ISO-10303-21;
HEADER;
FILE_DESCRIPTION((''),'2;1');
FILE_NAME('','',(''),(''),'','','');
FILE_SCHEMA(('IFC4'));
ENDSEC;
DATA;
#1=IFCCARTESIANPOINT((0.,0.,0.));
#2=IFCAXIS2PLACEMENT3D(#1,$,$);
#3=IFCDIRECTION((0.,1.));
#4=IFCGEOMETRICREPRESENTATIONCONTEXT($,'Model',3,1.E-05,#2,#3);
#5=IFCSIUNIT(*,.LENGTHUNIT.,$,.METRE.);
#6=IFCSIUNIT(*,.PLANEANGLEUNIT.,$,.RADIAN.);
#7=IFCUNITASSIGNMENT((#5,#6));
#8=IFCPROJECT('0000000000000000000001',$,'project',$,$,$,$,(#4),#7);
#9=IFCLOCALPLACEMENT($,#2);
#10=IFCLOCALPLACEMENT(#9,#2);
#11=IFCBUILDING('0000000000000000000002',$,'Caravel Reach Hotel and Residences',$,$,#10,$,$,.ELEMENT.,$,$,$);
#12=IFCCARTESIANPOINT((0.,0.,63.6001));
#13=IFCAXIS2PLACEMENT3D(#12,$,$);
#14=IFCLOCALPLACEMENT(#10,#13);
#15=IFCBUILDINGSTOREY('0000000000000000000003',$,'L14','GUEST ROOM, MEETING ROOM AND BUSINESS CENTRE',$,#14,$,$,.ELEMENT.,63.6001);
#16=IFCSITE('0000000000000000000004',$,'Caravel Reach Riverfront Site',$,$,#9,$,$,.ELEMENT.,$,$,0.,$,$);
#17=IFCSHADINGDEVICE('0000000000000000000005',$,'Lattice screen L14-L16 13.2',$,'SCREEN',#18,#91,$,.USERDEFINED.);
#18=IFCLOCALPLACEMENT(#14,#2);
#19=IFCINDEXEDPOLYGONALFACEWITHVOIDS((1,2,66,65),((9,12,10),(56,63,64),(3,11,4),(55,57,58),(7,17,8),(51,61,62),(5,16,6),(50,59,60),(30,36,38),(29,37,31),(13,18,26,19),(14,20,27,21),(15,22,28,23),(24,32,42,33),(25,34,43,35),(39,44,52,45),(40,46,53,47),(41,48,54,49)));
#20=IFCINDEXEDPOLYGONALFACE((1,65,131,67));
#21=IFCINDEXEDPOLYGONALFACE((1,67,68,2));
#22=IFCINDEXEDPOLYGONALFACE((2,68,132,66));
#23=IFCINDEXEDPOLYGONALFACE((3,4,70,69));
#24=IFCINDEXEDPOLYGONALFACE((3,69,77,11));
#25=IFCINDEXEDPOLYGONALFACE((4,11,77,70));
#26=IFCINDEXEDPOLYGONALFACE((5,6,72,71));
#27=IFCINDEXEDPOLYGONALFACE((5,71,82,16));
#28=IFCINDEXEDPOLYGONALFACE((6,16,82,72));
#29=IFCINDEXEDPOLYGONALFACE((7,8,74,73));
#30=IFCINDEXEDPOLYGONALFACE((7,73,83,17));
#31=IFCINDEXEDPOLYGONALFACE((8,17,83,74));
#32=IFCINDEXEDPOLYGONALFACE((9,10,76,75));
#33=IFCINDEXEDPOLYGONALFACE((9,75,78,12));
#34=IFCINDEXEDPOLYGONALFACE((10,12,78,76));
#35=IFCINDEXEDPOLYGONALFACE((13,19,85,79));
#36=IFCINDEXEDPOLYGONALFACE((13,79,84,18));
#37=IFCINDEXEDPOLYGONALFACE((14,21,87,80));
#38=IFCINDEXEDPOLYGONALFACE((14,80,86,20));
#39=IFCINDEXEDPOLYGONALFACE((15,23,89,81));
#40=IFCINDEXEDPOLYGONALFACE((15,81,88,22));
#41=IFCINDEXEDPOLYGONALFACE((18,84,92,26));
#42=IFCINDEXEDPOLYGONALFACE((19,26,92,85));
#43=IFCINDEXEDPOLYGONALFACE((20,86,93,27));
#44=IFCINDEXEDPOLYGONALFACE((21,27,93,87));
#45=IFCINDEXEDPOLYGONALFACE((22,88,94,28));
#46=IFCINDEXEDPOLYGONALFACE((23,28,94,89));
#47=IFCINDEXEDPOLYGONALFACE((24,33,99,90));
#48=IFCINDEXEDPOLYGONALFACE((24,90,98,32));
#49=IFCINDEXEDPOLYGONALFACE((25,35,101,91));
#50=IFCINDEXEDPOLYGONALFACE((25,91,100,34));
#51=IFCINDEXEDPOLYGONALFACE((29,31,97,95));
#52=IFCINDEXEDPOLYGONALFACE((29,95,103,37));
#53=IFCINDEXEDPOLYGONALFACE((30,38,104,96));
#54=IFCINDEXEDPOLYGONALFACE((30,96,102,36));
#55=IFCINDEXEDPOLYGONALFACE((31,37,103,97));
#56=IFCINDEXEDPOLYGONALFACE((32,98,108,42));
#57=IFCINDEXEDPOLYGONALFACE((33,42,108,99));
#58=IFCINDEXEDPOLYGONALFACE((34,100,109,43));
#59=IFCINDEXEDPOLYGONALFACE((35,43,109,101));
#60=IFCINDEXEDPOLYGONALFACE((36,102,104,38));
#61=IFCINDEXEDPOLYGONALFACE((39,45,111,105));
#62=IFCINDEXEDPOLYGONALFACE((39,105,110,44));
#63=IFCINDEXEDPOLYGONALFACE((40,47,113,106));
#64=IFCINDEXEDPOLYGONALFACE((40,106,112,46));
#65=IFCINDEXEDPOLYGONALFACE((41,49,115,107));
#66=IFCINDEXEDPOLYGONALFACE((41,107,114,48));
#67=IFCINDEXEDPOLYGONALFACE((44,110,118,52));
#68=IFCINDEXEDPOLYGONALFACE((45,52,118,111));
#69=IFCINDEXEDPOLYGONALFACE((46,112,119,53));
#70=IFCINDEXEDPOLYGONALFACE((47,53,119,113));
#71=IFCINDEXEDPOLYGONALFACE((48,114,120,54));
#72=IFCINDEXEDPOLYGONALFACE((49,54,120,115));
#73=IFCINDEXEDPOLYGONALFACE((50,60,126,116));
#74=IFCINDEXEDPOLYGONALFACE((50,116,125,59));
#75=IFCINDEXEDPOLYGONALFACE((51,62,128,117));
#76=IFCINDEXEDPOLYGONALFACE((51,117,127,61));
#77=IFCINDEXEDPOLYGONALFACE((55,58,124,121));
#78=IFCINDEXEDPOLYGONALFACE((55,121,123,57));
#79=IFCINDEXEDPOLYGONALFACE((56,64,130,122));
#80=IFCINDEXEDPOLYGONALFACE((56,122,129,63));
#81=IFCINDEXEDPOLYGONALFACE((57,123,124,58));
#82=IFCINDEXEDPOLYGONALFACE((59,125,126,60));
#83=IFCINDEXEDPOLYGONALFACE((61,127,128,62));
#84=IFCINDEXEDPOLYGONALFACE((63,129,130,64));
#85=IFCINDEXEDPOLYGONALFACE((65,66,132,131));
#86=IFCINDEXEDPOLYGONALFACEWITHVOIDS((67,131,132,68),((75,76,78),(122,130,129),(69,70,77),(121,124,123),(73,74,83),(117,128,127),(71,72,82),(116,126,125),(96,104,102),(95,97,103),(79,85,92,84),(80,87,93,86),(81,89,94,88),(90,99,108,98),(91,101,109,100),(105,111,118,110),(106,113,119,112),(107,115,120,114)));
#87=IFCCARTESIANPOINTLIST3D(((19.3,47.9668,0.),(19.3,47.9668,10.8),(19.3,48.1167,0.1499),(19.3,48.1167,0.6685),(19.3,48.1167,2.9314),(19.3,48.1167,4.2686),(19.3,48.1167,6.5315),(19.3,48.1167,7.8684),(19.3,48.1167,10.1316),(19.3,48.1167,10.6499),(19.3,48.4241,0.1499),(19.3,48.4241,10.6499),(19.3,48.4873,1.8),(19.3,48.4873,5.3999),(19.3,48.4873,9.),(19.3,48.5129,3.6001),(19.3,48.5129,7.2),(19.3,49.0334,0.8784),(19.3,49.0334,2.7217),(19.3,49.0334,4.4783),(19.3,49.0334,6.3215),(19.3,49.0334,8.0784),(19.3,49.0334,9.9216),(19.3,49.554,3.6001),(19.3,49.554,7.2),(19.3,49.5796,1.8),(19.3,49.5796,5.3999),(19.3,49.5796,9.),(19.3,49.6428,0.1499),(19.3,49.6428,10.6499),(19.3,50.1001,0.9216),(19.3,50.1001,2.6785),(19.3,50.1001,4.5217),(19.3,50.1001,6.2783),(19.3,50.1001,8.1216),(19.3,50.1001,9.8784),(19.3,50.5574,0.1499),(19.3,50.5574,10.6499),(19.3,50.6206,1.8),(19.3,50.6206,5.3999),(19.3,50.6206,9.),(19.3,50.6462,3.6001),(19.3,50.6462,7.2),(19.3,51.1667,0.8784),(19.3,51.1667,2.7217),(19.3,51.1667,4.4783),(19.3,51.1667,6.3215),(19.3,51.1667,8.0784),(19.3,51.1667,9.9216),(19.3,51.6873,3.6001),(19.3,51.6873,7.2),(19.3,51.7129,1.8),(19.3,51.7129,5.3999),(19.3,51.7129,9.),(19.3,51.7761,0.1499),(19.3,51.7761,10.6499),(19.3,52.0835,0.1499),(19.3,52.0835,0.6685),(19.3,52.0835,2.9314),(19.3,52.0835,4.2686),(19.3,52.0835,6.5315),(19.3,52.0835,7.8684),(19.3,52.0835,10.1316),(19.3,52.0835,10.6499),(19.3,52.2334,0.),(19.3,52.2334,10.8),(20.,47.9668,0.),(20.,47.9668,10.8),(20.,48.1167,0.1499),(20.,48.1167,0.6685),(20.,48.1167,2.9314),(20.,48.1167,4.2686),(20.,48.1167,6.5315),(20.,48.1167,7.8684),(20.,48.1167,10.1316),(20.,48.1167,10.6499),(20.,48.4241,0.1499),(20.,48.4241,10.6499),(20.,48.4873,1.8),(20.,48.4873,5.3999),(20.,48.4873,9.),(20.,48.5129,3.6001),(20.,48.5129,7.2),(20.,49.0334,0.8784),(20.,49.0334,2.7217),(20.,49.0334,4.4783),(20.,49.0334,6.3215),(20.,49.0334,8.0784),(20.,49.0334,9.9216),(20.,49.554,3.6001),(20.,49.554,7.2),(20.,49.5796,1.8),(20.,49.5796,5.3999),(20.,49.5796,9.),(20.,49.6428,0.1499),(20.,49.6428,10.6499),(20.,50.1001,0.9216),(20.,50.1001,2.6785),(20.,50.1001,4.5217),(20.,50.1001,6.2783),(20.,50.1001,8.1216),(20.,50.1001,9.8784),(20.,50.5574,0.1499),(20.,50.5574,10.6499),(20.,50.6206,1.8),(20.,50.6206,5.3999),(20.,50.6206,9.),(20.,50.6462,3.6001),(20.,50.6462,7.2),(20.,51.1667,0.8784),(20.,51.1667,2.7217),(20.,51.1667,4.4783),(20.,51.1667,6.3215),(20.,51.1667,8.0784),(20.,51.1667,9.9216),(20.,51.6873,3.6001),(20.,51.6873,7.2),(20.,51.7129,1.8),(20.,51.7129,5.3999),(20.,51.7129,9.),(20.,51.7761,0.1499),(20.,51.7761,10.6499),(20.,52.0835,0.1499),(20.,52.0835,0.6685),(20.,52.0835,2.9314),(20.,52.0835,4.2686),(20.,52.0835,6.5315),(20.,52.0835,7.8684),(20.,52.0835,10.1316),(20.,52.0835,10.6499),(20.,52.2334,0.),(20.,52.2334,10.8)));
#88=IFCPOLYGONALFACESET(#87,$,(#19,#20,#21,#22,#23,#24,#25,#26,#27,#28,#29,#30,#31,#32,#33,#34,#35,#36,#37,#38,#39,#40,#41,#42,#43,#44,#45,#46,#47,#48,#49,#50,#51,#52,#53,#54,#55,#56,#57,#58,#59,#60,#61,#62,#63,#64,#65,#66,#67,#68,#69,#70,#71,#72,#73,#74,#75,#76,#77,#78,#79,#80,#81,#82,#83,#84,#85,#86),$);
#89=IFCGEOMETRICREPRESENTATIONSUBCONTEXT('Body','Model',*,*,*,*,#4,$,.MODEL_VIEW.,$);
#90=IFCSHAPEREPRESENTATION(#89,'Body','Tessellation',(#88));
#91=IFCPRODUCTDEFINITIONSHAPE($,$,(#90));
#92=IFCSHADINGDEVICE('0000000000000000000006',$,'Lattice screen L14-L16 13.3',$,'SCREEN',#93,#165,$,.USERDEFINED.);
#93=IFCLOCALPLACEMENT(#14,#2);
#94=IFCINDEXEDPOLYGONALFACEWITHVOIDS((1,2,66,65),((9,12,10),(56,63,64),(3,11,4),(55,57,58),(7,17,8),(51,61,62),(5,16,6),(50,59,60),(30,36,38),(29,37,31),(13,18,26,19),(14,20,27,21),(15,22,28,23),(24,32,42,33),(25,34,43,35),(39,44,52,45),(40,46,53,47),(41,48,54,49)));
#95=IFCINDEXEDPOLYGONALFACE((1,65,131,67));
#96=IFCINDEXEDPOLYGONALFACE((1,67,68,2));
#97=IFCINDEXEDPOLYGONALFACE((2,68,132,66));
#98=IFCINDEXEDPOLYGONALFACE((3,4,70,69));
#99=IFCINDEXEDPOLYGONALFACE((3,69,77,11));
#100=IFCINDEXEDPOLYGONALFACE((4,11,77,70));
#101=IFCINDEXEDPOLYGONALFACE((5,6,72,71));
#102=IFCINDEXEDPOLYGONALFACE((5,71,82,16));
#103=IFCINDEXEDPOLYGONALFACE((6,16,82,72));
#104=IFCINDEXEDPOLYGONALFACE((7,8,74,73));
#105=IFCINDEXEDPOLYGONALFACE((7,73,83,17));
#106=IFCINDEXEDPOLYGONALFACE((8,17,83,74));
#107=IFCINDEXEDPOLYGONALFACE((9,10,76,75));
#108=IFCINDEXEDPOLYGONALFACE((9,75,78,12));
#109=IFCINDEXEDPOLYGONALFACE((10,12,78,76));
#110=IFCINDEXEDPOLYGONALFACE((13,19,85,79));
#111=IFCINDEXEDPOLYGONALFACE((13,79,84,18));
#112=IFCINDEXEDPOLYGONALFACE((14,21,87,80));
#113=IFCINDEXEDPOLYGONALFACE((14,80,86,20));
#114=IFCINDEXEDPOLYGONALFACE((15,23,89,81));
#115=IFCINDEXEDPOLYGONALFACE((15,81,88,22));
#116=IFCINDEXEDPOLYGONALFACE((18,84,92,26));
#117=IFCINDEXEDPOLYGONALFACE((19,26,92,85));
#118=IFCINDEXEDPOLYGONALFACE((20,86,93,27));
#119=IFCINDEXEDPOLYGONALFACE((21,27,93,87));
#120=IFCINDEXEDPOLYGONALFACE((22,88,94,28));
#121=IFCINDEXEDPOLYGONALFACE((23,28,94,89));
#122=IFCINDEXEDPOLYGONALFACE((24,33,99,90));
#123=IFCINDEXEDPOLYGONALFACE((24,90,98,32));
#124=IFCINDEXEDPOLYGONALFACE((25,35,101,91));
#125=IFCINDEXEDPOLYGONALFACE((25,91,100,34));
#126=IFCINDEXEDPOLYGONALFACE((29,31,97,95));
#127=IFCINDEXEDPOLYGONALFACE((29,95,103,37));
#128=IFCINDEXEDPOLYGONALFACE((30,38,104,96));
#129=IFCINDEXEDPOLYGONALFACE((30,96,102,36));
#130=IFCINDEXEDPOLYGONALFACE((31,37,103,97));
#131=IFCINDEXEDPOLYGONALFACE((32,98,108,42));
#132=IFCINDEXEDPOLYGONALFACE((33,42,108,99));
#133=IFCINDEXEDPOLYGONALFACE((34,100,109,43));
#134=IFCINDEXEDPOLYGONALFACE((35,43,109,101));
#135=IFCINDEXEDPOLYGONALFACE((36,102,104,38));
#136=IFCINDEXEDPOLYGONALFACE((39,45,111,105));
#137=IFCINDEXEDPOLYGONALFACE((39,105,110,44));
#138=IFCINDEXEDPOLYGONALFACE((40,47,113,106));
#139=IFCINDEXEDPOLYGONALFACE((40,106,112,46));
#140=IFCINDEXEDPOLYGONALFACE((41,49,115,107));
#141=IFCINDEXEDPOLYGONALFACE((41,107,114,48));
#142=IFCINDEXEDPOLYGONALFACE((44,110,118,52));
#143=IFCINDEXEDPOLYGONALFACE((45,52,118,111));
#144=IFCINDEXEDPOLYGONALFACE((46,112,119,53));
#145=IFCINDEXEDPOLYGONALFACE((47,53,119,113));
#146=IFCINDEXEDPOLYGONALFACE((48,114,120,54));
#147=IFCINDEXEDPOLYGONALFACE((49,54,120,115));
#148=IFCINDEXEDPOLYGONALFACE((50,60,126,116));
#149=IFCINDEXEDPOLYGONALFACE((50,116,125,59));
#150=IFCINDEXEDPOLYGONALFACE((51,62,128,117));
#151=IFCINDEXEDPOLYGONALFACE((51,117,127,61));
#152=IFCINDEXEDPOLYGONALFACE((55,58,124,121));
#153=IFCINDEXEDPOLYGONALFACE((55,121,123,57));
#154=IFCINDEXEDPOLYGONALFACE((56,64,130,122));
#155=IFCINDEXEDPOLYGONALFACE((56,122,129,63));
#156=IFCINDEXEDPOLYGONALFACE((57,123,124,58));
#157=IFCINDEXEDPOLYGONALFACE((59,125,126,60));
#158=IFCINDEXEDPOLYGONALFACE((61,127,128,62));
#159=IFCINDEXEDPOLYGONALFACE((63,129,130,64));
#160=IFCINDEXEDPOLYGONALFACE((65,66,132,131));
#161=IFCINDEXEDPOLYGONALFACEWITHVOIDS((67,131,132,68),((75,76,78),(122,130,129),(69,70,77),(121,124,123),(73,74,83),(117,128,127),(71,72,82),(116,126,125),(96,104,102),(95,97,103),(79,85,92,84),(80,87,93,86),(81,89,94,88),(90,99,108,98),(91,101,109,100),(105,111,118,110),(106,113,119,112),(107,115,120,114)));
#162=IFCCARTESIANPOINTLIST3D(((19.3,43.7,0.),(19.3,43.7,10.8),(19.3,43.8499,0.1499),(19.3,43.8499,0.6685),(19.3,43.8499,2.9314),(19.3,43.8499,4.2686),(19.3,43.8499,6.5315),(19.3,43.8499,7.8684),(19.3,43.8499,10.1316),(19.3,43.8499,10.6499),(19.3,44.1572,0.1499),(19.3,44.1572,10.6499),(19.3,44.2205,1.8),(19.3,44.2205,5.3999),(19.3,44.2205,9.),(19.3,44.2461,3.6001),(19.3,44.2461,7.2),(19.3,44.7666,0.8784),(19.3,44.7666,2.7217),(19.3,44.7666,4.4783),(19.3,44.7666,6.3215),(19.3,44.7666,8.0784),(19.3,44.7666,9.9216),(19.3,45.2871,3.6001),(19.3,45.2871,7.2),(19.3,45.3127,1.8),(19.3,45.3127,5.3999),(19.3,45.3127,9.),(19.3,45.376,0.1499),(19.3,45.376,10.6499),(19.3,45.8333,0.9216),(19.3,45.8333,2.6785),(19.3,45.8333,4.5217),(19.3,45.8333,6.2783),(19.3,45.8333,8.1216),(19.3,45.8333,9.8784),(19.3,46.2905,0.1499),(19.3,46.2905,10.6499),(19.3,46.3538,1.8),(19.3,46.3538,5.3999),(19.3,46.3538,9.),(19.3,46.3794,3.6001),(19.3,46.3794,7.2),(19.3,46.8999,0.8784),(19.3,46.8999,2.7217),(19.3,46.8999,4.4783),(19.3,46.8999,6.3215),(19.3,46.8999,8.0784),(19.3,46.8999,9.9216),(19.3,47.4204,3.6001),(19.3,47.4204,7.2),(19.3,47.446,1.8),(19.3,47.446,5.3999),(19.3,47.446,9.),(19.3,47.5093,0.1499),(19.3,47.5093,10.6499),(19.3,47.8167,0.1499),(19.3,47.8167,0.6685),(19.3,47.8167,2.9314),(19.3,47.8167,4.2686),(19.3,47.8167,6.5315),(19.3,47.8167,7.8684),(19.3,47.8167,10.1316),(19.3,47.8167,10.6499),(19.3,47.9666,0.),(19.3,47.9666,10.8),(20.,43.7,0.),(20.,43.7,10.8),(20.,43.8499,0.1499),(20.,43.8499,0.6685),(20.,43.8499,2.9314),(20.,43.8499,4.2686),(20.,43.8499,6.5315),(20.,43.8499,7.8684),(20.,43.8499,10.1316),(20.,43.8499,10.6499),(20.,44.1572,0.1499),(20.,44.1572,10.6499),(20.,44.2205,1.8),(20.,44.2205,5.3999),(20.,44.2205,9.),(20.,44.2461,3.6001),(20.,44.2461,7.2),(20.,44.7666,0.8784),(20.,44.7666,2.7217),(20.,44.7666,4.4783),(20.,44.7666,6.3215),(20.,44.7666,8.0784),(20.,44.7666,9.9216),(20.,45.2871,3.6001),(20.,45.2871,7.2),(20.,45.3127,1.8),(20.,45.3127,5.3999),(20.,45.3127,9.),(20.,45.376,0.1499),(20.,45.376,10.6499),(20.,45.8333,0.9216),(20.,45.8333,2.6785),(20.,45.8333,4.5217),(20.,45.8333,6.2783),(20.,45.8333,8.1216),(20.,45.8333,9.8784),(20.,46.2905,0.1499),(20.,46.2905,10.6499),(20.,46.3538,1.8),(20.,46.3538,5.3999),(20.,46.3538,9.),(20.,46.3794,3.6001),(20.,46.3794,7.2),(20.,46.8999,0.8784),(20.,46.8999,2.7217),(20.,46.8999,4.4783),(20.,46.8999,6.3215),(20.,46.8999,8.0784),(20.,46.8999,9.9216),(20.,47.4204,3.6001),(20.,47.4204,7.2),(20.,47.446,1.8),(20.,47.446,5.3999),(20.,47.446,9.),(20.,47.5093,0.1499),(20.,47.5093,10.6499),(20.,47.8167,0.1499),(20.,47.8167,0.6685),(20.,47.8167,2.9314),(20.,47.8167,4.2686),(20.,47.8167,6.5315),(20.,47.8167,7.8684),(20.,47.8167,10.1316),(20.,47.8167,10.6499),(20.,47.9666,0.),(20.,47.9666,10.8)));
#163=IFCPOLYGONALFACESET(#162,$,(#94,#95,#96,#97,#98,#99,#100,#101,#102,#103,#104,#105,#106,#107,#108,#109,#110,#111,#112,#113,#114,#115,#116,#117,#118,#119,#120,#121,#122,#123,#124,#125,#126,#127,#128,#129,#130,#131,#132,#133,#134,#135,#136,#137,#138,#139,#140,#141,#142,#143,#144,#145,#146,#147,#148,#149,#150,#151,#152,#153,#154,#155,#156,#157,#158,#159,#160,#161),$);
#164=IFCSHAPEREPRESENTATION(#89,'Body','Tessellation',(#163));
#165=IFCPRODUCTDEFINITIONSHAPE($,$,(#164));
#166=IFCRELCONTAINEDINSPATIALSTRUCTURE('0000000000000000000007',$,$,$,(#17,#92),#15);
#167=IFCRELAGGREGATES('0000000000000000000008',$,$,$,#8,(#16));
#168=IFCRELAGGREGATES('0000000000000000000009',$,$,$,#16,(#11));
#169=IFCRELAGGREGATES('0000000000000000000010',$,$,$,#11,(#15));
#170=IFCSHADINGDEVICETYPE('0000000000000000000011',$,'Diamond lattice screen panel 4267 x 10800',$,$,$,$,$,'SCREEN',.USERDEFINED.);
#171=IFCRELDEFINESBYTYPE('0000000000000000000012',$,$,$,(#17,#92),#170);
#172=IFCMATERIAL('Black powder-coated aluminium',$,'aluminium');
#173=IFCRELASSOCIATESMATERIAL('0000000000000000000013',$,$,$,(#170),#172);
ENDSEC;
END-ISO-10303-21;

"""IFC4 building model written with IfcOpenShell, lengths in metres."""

from ifc_helpers import new_model, si_unit, direction, frame, origin, place, context, subcontext, project, spatial, polyline, outline, extrude, material, type_object, element, save


model = new_model("IFC4")

# Units and contexts
model_context = context("Model", 3, precision=1e-05, world=origin(), true_north=direction((0.0, 1.0)))
body_context = subcontext(model_context, "Body", "Model", "MODEL_VIEW")
ifc_project = project(units=[si_unit("LENGTHUNIT", "METRE"), si_unit("PLANEANGLEUNIT", "RADIAN")], contexts=[model_context])

# Site, building, storey
site_placement = place(None, origin())
site = spatial("IfcSite", under=ifc_project, at=site_placement, Name="Caravel Reach Riverfront Site", CompositionType="ELEMENT", RefElevation=0.0)
building_placement = place(site_placement, origin())
building = spatial("IfcBuilding", under=site, at=building_placement, Name="Caravel Reach Hotel and Residences", CompositionType="ELEMENT")
storey_placement = place(building_placement, frame((0.0, 0.0, 63.6001)))
storey = spatial("IfcBuildingStorey", under=building, at=storey_placement, Name="L14", Description="GUEST ROOM, MEETING ROOM AND BUSINESS CENTRE", CompositionType="ELEMENT", Elevation=63.6001)

# Shading devices
ifc_material_1 = material(Name="Black powder-coated aluminium", Category="aluminium")
shading_device_type_1 = type_object("IfcShadingDeviceType", Name="Diamond lattice screen panel 4267 x 10800", ElementType="SCREEN", PredefinedType="USERDEFINED", material=ifc_material_1)
shading_device_1_placement = place(storey_placement, frame((20.0, 52.2334, 0.0), z_axis=(-1.0, 0.0, 0.0), x_axis=(0.0, -1.0, 0.0)))
element("IfcShadingDevice", 1, at=shading_device_1_placement, inside=storey, type_object=shading_device_type_1, Name="Lattice screen L14-L16 13.2", ObjectType="SCREEN", PredefinedType="USERDEFINED", context=body_context, shape_type="SweptSolid", body=[
    extrude(outline(polyline([(0.0, 0.0), (4.2666, 0.0), (4.2666, 10.8), (0.0, 10.8), (0.0, 0.0)]), holes=[polyline([(0.4573, 0.1499), (0.1499, 0.6685), (0.1499, 0.1499), (0.4573, 0.1499)]), polyline([(0.5461, 3.6001), (0.1499, 4.2686), (0.1499, 2.9314), (0.5461, 3.6001)]), polyline([(0.5461, 7.2), (0.1499, 7.8684), (0.1499, 6.5315), (0.5461, 7.2)]), polyline([(0.1499, 10.1316), (0.4573, 10.6499), (0.1499, 10.6499), (0.1499, 10.1316)]), polyline([(1.0667, 2.7217), (0.5205, 1.8), (1.0667, 0.8784), (1.6128, 1.8), (1.0667, 2.7217)]), polyline([(1.0667, 6.3215), (0.5205, 5.3999), (1.0667, 4.4783), (1.6128, 5.3999), (1.0667, 6.3215)]), polyline([(1.0667, 9.9216), (0.5205, 9.0), (1.0667, 8.0784), (1.6128, 9.0), (1.0667, 9.9216)]), polyline([(2.1333, 0.9216), (1.676, 0.1499), (2.5906, 0.1499), (2.1333, 0.9216)]), polyline([(2.1333, 4.5217), (1.5872, 3.6001), (2.1333, 2.6785), (2.6794, 3.6001), (2.1333, 4.5217)]), polyline([(2.1333, 8.1216), (1.5872, 7.2), (2.1333, 6.2783), (2.6794, 7.2), (2.1333, 8.1216)]), polyline([(2.1333, 9.8784), (2.5906, 10.6499), (1.676, 10.6499), (2.1333, 9.8784)]), polyline([(3.2, 2.7217), (2.6538, 1.8), (3.2, 0.8784), (3.7461, 1.8), (3.2, 2.7217)]), polyline([(3.2, 6.3215), (2.6538, 5.3999), (3.2, 4.4783), (3.7461, 5.3999), (3.2, 6.3215)]), polyline([(3.2, 9.9216), (2.6538, 9.0), (3.2, 8.0784), (3.7461, 9.0), (3.2, 9.9216)]), polyline([(4.1167, 0.6685), (3.8093, 0.1499), (4.1167, 0.1499), (4.1167, 0.6685)]), polyline([(3.7205, 3.6001), (4.1167, 2.9314), (4.1167, 4.2686), (3.7205, 3.6001)]), polyline([(3.7205, 7.2), (4.1167, 6.5315), (4.1167, 7.8684), (3.7205, 7.2)]), polyline([(3.8093, 10.6499), (4.1167, 10.1316), (4.1167, 10.6499), (3.8093, 10.6499)])]), origin(), (0.0, 0.0, 1.0), 0.7),
])
shading_device_2_placement = place(storey_placement, frame((20.0, 47.9666, 0.0), z_axis=(-1.0, 0.0, 0.0), x_axis=(0.0, -1.0, 0.0)))
element("IfcShadingDevice", 2, at=shading_device_2_placement, inside=storey, type_object=shading_device_type_1, Name="Lattice screen L14-L16 13.3", ObjectType="SCREEN", PredefinedType="USERDEFINED", context=body_context, shape_type="SweptSolid", body=[
    extrude(outline(polyline([(0.0, 0.0), (4.2666, 0.0), (4.2666, 10.8), (0.0, 10.8), (0.0, 0.0)]), holes=[polyline([(0.4573, 0.1499), (0.1499, 0.6685), (0.1499, 0.1499), (0.4573, 0.1499)]), polyline([(0.5461, 3.6001), (0.1499, 4.2686), (0.1499, 2.9314), (0.5461, 3.6001)]), polyline([(0.5461, 7.2), (0.1499, 7.8684), (0.1499, 6.5315), (0.5461, 7.2)]), polyline([(0.1499, 10.1316), (0.4573, 10.6499), (0.1499, 10.6499), (0.1499, 10.1316)]), polyline([(1.0667, 2.7217), (0.5205, 1.8), (1.0667, 0.8784), (1.6128, 1.8), (1.0667, 2.7217)]), polyline([(1.0667, 6.3215), (0.5205, 5.3999), (1.0667, 4.4783), (1.6128, 5.3999), (1.0667, 6.3215)]), polyline([(1.0667, 9.9216), (0.5205, 9.0), (1.0667, 8.0784), (1.6128, 9.0), (1.0667, 9.9216)]), polyline([(2.1333, 0.9216), (1.676, 0.1499), (2.5906, 0.1499), (2.1333, 0.9216)]), polyline([(2.1333, 4.5217), (1.5872, 3.6001), (2.1333, 2.6785), (2.6794, 3.6001), (2.1333, 4.5217)]), polyline([(2.1333, 8.1216), (1.5872, 7.2), (2.1333, 6.2783), (2.6794, 7.2), (2.1333, 8.1216)]), polyline([(2.1333, 9.8784), (2.5906, 10.6499), (1.676, 10.6499), (2.1333, 9.8784)]), polyline([(3.2, 2.7217), (2.6538, 1.8), (3.2, 0.8784), (3.7461, 1.8), (3.2, 2.7217)]), polyline([(3.2, 6.3215), (2.6538, 5.3999), (3.2, 4.4783), (3.7461, 5.3999), (3.2, 6.3215)]), polyline([(3.2, 9.9216), (2.6538, 9.0), (3.2, 8.0784), (3.7461, 9.0), (3.2, 9.9216)]), polyline([(4.1167, 0.6685), (3.8093, 0.1499), (4.1167, 0.1499), (4.1167, 0.6685)]), polyline([(3.7205, 3.6001), (4.1167, 2.9314), (4.1167, 4.2686), (3.7205, 3.6001)]), polyline([(3.7205, 7.2), (4.1167, 6.5315), (4.1167, 7.8684), (3.7205, 7.2)]), polyline([(3.8093, 10.6499), (4.1167, 10.1316), (4.1167, 10.6499), (3.8093, 10.6499)])]), origin(), (0.0, 0.0, 1.0), 0.7),
])

save(model, "model.ifc")
